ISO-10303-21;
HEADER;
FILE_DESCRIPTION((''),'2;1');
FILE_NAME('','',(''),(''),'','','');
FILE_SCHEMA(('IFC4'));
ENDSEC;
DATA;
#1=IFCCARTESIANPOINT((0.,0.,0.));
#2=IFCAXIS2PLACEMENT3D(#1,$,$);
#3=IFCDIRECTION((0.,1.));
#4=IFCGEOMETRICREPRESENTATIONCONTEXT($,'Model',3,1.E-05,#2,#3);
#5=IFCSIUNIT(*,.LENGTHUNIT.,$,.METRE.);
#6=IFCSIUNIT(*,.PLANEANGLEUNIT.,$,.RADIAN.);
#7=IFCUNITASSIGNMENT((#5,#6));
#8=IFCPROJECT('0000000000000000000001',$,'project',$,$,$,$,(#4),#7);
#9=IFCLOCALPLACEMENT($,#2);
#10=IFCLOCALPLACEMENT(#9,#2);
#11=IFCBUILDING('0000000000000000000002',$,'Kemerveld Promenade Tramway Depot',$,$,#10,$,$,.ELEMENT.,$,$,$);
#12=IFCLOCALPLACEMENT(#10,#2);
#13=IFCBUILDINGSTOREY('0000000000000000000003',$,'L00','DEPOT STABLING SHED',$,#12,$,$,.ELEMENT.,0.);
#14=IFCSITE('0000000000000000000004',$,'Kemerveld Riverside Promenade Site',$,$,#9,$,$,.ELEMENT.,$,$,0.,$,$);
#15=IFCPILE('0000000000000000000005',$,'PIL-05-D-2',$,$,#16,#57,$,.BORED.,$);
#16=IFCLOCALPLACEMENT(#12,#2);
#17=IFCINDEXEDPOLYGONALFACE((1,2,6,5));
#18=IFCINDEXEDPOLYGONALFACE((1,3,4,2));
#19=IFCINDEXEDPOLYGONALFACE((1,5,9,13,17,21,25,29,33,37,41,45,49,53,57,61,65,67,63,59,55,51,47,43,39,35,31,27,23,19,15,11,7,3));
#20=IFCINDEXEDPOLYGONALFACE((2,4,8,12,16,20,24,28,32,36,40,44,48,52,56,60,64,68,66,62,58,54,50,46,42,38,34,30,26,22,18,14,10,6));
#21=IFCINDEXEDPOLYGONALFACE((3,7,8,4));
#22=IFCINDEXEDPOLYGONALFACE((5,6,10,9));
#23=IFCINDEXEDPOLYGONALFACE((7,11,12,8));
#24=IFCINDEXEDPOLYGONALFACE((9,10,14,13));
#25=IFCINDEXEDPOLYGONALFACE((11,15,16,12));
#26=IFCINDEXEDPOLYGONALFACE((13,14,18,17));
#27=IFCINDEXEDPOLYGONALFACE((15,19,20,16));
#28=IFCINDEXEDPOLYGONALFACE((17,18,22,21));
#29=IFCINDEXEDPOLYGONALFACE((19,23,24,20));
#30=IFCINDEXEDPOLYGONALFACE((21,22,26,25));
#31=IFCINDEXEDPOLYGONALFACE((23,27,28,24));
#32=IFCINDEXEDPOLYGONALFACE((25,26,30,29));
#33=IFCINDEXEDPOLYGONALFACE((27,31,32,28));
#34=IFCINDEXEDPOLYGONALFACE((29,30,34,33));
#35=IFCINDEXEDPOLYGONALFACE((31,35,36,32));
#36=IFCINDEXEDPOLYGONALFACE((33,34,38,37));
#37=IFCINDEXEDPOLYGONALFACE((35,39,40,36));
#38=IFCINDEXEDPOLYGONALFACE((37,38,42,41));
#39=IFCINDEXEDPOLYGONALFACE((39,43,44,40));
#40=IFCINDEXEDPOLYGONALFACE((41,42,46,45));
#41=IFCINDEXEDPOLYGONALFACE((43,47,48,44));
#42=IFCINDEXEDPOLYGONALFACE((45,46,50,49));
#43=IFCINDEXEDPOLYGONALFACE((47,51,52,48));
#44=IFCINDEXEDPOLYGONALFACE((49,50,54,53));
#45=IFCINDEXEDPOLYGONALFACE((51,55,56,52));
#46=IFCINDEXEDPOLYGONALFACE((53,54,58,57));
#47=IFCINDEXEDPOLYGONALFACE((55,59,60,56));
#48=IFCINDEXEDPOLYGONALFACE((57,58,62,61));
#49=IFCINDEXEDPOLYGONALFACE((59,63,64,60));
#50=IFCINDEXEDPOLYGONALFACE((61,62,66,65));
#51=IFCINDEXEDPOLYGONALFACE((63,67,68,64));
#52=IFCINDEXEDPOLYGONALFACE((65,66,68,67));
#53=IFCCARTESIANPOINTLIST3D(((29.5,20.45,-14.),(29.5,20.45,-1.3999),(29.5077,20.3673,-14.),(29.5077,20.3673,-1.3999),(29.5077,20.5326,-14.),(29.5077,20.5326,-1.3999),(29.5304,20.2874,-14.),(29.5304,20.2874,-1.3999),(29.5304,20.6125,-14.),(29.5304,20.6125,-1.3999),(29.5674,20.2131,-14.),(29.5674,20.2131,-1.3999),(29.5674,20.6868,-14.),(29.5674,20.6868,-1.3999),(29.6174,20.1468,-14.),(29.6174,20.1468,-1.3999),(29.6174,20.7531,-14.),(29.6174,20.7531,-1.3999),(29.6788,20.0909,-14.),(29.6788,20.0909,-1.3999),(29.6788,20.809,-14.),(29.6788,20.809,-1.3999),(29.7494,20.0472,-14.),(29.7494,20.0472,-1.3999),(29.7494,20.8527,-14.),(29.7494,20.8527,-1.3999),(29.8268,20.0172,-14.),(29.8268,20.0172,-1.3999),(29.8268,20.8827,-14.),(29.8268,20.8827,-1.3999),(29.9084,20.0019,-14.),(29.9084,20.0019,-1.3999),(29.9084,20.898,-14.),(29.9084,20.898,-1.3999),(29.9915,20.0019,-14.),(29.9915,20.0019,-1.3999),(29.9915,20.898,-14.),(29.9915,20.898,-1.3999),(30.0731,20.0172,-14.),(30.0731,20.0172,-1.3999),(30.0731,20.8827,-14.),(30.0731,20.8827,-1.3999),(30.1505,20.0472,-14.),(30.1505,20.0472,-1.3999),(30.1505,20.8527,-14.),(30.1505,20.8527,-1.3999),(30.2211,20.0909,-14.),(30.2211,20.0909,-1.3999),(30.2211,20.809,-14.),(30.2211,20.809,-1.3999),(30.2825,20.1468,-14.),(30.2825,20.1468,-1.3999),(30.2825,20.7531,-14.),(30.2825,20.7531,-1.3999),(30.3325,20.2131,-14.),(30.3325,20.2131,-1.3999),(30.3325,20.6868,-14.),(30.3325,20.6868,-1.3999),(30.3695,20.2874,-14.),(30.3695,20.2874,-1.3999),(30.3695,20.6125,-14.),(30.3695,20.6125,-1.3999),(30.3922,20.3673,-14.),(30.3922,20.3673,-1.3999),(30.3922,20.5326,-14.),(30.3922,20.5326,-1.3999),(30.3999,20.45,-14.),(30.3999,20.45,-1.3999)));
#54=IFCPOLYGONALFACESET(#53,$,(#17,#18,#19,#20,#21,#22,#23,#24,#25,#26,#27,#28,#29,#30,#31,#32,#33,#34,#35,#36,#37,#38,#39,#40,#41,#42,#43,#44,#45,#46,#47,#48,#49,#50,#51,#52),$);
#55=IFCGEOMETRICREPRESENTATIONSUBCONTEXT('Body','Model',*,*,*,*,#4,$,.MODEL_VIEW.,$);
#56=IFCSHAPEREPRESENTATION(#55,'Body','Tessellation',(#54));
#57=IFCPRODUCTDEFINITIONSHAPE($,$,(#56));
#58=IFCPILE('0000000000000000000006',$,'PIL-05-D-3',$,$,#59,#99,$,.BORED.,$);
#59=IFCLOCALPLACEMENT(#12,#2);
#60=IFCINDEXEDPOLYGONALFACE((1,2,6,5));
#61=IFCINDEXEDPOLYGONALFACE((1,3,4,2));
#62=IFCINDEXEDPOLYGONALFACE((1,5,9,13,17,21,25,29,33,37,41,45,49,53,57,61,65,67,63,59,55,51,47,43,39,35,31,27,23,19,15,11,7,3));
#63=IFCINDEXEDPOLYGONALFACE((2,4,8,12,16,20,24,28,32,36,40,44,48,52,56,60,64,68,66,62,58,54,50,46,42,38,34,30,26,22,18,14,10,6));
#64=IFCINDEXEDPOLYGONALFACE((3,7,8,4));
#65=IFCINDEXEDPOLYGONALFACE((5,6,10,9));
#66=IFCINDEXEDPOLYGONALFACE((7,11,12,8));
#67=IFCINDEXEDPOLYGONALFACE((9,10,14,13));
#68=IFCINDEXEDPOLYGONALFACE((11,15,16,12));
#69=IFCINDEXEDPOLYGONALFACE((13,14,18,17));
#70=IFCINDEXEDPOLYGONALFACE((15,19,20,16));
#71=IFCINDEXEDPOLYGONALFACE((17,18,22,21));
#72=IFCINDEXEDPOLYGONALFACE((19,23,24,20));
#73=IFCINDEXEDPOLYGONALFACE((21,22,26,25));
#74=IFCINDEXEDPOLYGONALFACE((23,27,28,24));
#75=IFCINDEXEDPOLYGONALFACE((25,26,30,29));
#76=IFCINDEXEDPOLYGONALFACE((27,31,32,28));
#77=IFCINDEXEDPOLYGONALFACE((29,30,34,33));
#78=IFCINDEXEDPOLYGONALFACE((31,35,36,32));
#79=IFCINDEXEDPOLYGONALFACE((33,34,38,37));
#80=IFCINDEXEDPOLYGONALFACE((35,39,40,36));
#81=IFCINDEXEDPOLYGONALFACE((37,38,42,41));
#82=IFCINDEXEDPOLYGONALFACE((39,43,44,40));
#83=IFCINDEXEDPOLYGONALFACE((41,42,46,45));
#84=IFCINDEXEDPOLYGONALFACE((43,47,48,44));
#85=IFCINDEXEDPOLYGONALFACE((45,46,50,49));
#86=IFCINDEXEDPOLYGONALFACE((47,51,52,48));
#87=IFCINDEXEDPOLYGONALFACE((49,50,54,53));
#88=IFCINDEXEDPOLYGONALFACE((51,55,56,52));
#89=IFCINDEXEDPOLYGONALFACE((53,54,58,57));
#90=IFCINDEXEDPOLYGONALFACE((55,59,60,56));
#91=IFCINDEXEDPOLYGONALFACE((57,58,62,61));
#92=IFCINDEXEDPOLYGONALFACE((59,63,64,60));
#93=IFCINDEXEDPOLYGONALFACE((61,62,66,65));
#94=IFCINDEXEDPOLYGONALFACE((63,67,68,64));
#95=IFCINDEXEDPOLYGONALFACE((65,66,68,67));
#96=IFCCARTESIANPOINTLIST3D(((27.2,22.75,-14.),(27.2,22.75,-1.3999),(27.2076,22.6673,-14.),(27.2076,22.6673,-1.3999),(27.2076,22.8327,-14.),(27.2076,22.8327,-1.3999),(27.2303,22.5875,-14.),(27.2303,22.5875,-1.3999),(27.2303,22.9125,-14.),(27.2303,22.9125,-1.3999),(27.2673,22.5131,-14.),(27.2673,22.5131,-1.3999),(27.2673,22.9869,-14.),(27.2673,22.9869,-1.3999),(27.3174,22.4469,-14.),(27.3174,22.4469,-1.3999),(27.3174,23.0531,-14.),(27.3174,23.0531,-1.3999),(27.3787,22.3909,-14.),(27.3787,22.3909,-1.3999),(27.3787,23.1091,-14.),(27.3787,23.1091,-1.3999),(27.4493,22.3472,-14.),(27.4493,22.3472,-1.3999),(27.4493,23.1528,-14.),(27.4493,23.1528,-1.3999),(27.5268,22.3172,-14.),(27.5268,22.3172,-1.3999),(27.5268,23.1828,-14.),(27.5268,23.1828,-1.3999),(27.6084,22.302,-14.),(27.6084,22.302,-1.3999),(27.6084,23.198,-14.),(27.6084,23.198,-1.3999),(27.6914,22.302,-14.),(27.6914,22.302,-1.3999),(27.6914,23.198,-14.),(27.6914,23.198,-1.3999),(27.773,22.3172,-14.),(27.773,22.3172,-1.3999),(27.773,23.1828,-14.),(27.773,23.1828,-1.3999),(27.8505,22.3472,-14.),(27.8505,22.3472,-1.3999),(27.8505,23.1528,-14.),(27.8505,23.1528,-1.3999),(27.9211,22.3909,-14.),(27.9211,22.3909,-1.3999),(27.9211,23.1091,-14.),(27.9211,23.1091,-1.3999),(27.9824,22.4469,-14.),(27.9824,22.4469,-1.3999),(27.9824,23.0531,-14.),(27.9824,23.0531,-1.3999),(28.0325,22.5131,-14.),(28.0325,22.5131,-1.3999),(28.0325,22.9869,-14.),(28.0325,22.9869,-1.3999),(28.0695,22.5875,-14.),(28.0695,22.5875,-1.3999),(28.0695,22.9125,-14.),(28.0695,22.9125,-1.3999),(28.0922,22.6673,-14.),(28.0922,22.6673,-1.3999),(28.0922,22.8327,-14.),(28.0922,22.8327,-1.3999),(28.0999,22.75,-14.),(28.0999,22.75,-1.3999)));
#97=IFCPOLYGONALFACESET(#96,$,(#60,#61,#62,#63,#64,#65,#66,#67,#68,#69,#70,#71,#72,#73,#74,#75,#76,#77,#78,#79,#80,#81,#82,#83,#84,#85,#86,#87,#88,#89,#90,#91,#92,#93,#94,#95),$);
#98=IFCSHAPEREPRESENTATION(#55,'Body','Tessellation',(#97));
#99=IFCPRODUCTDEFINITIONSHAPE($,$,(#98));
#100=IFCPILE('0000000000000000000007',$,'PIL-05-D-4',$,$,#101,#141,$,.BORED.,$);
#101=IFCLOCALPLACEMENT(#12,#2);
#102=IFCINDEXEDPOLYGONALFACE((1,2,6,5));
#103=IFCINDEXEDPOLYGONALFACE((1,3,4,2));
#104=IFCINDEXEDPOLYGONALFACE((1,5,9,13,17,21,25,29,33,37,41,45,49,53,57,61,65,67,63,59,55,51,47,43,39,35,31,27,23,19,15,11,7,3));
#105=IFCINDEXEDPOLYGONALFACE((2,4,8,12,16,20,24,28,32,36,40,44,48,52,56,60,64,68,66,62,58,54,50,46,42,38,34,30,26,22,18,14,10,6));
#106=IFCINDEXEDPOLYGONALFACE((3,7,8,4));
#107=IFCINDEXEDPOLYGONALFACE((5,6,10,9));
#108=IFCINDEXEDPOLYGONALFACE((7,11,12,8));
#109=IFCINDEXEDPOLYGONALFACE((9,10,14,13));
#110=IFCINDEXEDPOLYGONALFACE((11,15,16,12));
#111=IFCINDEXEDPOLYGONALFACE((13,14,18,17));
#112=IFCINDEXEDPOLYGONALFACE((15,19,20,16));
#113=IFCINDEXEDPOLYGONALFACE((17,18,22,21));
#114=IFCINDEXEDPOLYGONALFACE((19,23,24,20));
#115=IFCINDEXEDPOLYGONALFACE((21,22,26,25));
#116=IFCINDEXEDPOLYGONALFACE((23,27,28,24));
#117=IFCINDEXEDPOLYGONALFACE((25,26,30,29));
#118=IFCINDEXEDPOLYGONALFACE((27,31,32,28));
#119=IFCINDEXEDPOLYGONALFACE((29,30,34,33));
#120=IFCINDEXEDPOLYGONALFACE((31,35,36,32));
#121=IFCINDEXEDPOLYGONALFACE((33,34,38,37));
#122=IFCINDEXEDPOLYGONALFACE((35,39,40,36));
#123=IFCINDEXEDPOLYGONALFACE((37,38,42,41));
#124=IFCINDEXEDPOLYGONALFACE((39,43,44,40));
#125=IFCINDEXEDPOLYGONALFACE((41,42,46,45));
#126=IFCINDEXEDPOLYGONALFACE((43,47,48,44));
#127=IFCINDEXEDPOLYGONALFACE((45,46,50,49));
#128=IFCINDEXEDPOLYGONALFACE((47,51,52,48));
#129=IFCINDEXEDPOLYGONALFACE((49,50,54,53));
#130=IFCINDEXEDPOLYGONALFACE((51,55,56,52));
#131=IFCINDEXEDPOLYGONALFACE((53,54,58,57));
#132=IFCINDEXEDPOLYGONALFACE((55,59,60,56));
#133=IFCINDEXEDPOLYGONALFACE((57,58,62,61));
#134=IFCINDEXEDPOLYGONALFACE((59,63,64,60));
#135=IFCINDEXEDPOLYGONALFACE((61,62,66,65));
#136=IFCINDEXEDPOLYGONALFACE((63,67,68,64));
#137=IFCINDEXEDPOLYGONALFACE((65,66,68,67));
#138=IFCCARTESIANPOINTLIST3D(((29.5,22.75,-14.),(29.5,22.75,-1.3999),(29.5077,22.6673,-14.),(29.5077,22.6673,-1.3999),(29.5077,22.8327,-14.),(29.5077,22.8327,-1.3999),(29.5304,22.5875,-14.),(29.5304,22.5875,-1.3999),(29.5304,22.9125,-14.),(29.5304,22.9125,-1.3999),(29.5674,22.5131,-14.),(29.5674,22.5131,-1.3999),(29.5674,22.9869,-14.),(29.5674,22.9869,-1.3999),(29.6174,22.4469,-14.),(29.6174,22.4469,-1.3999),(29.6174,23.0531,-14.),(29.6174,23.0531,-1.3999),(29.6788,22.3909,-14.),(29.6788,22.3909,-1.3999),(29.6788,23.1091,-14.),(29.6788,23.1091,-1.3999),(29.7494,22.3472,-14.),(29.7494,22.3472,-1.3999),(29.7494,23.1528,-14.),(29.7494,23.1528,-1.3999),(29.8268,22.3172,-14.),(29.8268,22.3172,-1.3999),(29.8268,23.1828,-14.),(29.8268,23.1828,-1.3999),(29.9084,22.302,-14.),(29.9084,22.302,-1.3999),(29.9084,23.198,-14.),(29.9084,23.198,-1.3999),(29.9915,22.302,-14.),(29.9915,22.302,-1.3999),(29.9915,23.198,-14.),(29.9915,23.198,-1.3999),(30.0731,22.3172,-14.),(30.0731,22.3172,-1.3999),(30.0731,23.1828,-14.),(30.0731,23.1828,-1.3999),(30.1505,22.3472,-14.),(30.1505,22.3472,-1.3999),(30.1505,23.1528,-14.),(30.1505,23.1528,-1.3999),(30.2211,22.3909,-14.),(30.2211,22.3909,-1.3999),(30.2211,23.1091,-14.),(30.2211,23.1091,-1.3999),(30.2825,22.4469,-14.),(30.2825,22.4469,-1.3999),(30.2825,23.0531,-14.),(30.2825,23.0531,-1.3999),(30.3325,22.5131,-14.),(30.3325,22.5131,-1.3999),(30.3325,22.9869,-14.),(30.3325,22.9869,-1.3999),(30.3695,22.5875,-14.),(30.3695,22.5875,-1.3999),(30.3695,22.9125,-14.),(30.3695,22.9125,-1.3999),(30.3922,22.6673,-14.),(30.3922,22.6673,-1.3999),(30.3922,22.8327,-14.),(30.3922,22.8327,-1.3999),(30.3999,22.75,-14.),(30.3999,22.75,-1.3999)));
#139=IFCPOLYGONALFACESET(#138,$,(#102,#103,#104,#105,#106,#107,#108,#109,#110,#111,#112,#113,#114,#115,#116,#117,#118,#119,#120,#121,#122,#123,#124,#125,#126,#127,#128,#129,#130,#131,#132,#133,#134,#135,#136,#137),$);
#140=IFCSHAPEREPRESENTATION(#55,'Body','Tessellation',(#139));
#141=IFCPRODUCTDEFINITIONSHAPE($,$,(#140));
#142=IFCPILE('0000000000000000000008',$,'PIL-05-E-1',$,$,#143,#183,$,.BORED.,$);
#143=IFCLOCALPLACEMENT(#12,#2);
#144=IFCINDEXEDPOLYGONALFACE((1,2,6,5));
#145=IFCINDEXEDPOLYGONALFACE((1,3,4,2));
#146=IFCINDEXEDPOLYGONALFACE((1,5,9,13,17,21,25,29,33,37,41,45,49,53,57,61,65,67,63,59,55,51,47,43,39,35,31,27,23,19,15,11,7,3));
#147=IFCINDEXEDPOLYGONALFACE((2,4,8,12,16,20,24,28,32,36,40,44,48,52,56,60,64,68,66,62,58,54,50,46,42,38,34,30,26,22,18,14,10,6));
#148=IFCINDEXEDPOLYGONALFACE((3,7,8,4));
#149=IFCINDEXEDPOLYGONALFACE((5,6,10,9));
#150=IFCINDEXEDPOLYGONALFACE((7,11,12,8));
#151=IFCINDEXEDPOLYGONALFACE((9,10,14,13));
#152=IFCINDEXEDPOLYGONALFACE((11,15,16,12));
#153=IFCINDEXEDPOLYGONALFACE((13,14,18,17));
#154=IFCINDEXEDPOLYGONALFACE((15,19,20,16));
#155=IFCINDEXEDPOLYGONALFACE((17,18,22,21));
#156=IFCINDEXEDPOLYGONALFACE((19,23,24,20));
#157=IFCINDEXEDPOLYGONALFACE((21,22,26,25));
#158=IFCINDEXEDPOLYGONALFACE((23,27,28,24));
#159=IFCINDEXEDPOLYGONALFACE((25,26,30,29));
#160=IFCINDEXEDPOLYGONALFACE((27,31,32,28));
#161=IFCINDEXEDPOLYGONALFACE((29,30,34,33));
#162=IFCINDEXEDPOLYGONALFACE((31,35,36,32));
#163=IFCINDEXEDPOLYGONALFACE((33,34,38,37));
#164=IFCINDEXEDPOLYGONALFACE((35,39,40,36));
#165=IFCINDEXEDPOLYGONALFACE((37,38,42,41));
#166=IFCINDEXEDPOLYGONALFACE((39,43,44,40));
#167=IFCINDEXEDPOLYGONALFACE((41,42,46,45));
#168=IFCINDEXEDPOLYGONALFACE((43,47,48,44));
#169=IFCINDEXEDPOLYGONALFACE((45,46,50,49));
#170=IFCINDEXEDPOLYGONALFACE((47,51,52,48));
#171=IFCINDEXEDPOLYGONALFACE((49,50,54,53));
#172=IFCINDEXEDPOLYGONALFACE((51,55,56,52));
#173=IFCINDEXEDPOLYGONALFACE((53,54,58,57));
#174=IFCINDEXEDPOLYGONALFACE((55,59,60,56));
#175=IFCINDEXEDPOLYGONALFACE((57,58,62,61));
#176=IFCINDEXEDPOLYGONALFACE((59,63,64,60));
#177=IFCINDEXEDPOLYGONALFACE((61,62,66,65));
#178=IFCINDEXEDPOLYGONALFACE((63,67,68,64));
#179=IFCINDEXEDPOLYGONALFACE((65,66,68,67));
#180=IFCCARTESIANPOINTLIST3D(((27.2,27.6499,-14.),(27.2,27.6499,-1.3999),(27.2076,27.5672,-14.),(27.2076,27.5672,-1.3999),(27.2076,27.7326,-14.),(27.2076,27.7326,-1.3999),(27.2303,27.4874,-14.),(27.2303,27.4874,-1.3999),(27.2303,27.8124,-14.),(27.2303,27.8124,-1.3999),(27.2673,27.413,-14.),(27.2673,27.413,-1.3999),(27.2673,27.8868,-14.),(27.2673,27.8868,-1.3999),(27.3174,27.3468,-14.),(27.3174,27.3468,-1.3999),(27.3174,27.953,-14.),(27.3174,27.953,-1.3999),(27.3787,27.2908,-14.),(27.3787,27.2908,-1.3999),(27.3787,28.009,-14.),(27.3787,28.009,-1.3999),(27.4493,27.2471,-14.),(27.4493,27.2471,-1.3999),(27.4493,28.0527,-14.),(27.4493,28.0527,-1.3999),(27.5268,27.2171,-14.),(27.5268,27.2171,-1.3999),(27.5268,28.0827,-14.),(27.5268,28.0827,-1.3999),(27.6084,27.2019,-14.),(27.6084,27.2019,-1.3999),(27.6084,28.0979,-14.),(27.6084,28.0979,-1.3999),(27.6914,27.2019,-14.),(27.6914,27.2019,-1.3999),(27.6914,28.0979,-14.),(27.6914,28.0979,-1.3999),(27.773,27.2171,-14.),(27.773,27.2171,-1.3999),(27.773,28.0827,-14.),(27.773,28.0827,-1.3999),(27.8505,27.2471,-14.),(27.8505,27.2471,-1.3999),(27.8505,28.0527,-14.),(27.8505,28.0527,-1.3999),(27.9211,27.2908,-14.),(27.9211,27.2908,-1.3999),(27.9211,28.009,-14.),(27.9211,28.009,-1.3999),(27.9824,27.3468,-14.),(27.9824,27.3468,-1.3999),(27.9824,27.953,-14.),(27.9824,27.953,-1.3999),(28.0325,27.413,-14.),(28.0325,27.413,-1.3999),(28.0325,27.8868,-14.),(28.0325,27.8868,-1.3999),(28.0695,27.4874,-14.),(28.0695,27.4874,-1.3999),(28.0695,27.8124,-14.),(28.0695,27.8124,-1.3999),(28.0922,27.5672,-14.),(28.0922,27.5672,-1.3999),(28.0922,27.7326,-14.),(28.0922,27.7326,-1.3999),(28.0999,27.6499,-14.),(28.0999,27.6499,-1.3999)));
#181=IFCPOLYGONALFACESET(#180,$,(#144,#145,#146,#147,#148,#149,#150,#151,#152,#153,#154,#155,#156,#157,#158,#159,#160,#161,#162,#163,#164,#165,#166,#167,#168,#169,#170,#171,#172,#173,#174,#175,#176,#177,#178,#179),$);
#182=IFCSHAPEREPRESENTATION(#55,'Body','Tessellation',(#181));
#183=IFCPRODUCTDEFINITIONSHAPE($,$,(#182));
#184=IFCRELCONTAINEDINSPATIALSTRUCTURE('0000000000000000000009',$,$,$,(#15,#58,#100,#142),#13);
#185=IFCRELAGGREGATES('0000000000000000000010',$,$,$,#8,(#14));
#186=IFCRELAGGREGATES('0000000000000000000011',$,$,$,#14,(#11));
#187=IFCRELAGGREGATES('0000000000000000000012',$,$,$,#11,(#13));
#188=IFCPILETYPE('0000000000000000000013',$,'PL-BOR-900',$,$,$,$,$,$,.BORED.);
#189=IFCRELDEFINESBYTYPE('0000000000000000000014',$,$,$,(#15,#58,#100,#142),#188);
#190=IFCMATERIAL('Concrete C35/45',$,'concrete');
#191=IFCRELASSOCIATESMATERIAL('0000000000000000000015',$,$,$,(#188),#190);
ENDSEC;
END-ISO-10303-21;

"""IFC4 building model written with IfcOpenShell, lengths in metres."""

from ifc_helpers import new_model, si_unit, direction, frame, origin, origin_2d, place, context, subcontext, project, spatial, circle, extrude, material, material_profile, profile_set, type_object, element, save


model = new_model("IFC4")

# Units and contexts
model_context = context("Model", 3, precision=1e-05, world=origin(), true_north=direction((0.0, 1.0)))
body_context = subcontext(model_context, "Body", "Model", "MODEL_VIEW")
ifc_project = project(units=[si_unit("LENGTHUNIT", "METRE"), si_unit("PLANEANGLEUNIT", "RADIAN")], contexts=[model_context])

# Site, building, storey
site_placement = place(None, origin())
site = spatial("IfcSite", under=ifc_project, at=site_placement, Name="Kemerveld Riverside Promenade Site", CompositionType="ELEMENT", RefElevation=0.0)
building_placement = place(site_placement, origin())
building = spatial("IfcBuilding", under=site, at=building_placement, Name="Kemerveld Promenade Tramway Depot", CompositionType="ELEMENT")
storey_placement = place(building_placement, origin())
storey = spatial("IfcBuildingStorey", under=building, at=storey_placement, Name="L00", Description="DEPOT STABLING SHED", CompositionType="ELEMENT", Elevation=0.0)

# Shared definitions
ifc_material_1 = material(Name="Concrete C35/45", Category="concrete")

# Piles
ifc_material_profile_1 = material_profile(ifc_material_1, circle(Radius=0.45, at=origin_2d()), Name="PILE-D900")
ifc_profile_set_1 = profile_set([ifc_material_profile_1], Name="Concrete C35/45")
pile_type = type_object("IfcPileType", Name="PL-BOR-900", PredefinedType="BORED", material=ifc_profile_set_1)
for number, where, z_axis, x_axis, name in (
    (1, (29.95, 20.45, -1.3999), (0.0, 0.0, -1.0), (1.0, 0.0, 0.0), "PIL-05-D-2"),
    (2, (27.6499, 22.75, -1.3999), (0.0, 0.0, -1.0), (1.0, 0.0, 0.0), "PIL-05-D-3"),
    (3, (29.95, 22.75, -1.3999), (0.0, 0.0, -1.0), (1.0, 0.0, 0.0), "PIL-05-D-4"),
    (4, (27.6499, 27.6499, -1.3999), (0.0, 0.0, -1.0), (1.0, 0.0, 0.0), "PIL-05-E-1"),
):
    element("IfcPile", number, at=place(storey_placement, frame(where, z_axis=z_axis, x_axis=x_axis)), inside=storey, type_object=pile_type, Name=name, PredefinedType="BORED", context=body_context, shape_type="SweptSolid", body=[
        extrude(circle(Radius=0.45, at=origin_2d()), origin(), (0.0, 0.0, 1.0), 12.6001),
    ])

save(model, "model.ifc")
